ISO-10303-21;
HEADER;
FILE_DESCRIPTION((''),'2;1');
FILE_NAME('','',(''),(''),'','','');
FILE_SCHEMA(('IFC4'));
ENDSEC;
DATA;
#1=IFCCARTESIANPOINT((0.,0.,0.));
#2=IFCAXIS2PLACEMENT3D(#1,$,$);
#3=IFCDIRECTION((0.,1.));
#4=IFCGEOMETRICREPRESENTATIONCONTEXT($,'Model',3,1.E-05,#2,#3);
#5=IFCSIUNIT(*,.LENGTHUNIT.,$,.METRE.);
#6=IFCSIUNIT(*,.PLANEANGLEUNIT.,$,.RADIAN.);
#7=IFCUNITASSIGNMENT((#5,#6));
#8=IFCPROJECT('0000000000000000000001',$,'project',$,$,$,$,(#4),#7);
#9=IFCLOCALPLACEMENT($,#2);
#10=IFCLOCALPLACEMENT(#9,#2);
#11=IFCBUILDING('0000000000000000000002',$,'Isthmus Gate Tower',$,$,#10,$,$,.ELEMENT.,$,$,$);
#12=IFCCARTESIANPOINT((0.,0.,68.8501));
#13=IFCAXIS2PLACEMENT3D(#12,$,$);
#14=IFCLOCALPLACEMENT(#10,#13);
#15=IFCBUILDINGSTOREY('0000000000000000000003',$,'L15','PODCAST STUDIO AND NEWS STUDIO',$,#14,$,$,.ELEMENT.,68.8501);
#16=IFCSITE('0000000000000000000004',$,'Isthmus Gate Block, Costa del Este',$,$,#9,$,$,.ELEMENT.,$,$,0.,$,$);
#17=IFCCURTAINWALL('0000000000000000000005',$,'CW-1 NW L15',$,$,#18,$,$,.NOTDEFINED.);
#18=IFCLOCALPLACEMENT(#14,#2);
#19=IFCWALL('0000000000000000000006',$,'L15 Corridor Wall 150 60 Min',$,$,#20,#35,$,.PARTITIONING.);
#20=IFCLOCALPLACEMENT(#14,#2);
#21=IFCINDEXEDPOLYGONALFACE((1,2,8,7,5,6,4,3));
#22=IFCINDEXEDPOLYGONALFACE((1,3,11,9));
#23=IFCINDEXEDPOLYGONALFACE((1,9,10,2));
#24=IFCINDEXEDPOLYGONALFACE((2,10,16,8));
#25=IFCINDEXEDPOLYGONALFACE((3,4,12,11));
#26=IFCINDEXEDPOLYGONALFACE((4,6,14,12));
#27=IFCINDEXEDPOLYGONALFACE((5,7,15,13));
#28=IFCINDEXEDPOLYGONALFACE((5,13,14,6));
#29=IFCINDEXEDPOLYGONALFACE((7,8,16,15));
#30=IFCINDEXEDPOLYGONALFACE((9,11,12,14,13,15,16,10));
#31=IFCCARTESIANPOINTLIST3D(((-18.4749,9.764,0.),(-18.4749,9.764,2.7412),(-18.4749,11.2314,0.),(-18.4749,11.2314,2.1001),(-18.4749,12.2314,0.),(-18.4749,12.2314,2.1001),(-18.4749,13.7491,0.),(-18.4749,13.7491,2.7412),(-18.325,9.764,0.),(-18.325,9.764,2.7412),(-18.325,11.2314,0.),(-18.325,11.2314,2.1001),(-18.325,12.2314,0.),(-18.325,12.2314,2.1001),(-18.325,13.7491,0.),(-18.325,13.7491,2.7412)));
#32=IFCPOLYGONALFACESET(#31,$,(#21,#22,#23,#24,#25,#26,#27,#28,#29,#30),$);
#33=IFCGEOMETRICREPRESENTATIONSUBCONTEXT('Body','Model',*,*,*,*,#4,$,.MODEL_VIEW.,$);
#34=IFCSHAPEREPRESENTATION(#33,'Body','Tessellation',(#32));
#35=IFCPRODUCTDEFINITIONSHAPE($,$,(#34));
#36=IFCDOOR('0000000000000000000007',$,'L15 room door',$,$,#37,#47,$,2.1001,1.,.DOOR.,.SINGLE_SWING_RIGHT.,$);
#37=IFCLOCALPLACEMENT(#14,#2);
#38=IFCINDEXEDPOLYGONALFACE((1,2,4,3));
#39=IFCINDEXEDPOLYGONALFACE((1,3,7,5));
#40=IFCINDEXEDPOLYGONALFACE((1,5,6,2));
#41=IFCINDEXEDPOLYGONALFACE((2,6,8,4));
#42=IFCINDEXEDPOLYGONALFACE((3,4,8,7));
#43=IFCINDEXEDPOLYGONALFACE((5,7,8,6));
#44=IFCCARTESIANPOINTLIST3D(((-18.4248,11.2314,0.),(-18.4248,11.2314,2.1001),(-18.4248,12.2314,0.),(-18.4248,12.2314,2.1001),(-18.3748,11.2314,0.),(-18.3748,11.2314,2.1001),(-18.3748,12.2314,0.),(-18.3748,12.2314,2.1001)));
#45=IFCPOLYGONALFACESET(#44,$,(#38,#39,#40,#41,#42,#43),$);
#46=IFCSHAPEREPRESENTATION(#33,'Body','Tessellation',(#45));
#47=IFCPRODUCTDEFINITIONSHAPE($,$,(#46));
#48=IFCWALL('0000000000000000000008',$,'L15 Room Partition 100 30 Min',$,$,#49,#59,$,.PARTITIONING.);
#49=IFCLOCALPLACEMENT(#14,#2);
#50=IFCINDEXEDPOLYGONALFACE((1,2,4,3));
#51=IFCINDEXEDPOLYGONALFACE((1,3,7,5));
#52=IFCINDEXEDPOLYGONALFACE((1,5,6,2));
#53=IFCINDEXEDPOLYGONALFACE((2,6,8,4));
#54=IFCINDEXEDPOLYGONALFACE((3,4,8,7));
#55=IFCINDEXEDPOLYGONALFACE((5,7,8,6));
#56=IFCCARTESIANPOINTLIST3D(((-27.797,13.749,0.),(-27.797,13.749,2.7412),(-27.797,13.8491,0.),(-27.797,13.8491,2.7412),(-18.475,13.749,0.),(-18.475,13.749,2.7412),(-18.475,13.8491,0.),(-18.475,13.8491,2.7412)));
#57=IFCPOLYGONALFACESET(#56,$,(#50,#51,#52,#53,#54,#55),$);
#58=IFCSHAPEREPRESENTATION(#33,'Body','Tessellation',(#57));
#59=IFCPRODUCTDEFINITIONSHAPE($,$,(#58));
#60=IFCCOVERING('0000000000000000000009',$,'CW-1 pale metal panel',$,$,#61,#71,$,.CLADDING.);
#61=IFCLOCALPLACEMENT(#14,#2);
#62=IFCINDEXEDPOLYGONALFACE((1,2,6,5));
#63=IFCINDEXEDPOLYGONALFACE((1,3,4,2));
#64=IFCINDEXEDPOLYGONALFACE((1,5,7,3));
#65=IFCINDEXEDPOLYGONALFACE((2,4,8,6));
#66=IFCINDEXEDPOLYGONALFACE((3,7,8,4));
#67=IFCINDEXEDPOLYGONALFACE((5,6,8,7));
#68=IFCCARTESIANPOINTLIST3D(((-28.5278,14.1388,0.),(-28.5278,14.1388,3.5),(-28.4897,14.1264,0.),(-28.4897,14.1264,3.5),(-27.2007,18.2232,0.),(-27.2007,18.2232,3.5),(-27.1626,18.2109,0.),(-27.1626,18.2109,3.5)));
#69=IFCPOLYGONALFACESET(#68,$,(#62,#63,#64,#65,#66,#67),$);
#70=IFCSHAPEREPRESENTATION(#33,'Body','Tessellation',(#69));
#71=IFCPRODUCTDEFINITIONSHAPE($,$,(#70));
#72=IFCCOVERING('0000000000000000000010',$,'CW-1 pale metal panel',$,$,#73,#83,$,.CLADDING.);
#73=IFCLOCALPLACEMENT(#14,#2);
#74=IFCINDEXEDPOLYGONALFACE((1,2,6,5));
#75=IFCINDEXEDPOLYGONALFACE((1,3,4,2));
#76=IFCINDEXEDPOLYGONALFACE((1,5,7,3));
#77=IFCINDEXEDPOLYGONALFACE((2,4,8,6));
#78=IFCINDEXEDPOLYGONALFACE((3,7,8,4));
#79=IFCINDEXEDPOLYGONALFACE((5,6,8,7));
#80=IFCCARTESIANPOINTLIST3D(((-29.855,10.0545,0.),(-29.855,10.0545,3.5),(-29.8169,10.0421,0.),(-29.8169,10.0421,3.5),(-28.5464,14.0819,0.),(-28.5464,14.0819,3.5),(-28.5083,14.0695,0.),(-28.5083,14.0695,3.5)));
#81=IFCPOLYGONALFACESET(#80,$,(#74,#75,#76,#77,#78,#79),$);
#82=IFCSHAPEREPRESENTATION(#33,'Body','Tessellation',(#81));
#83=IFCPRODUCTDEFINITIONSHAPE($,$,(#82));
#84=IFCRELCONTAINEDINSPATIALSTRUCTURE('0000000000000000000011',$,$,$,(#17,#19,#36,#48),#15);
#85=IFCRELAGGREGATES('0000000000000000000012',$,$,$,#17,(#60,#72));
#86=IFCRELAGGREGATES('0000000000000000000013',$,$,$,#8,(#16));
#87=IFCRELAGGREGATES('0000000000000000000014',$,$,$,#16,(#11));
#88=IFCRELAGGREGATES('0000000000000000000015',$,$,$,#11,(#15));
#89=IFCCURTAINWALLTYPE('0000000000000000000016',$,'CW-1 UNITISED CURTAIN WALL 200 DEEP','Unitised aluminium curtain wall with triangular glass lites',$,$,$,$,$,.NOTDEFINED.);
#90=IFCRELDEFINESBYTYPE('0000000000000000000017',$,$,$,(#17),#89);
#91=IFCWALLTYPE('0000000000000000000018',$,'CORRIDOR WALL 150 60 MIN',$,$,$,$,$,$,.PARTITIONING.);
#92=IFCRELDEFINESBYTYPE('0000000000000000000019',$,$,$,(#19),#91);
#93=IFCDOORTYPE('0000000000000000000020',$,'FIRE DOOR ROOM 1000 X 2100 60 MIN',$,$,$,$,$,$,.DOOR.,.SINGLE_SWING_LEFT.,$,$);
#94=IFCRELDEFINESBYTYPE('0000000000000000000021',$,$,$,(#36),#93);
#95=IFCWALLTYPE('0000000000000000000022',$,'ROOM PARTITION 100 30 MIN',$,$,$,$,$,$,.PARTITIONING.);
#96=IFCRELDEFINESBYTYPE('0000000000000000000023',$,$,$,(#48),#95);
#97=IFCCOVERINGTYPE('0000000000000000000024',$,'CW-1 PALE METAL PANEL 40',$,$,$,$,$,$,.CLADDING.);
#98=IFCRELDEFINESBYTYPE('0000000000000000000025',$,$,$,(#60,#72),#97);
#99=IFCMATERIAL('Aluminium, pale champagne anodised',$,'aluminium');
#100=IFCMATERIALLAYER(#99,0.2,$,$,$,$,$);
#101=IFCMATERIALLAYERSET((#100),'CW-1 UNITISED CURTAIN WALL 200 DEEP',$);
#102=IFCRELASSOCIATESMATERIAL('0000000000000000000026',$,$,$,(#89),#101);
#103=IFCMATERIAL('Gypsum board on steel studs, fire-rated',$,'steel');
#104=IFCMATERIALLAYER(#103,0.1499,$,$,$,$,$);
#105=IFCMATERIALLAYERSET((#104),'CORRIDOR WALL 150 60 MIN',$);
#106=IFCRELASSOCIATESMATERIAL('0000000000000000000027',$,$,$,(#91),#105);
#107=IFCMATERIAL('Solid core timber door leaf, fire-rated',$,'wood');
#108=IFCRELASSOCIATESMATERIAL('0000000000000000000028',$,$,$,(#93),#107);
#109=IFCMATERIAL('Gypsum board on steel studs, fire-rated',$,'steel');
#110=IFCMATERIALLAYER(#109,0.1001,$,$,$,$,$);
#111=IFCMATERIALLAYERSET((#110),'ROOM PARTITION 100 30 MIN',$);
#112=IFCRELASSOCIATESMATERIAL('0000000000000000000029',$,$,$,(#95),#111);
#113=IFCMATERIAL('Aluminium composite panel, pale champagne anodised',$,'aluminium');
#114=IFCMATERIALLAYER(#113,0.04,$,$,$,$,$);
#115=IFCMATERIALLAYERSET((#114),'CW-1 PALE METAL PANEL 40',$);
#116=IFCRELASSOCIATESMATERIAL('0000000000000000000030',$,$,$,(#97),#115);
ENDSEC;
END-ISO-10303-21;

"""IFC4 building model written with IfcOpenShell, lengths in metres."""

from ifc_helpers import new_model, si_unit, direction, frame, frame_2d, origin, origin_2d, place, context, subcontext, project, spatial, rectangle, extrude, material, layer, layer_set, type_object, element, fill, aggregate, save


model = new_model("IFC4")

# Units and contexts
model_context = context("Model", 3, precision=1e-05, world=origin(), true_north=direction((0.0, 1.0)))
body_context = subcontext(model_context, "Body", "Model", "MODEL_VIEW")
ifc_project = project(units=[si_unit("LENGTHUNIT", "METRE"), si_unit("PLANEANGLEUNIT", "RADIAN")], contexts=[model_context])

# Site, building, storey
site_placement = place(None, origin())
site = spatial("IfcSite", under=ifc_project, at=site_placement, Name="Isthmus Gate Block, Costa del Este", CompositionType="ELEMENT", RefElevation=0.0)
building_placement = place(site_placement, origin())
building = spatial("IfcBuilding", under=site, at=building_placement, Name="Isthmus Gate Tower", CompositionType="ELEMENT")
storey_placement = place(building_placement, frame((0.0, 0.0, 68.8501)))
storey = spatial("IfcBuildingStorey", under=building, at=storey_placement, Name="L15", Description="PODCAST STUDIO AND NEWS STUDIO", CompositionType="ELEMENT", Elevation=68.8501)

# Curtain wall
ifc_material_1 = material(Name="Aluminium, pale champagne anodised", Category="aluminium")
ifc_layer_1 = layer(ifc_material_1, 0.2)
ifc_layer_set_1 = layer_set([ifc_layer_1], Name="CW-1 UNITISED CURTAIN WALL 200 DEEP")
curtain_wall_type = type_object("IfcCurtainWallType", Name="CW-1 UNITISED CURTAIN WALL 200 DEEP", Description="Unitised aluminium curtain wall with triangular glass lites", PredefinedType="NOTDEFINED", material=ifc_layer_set_1)
curtain_wall_placement = place(storey_placement, origin())
curtain_wall = element("IfcCurtainWall", 1, at=curtain_wall_placement, inside=storey, type_object=curtain_wall_type, Name="CW-1 NW L15", PredefinedType="NOTDEFINED")

# Shared definitions
ifc_material_2 = material(Name="Gypsum board on steel studs, fire-rated", Category="steel")
ifc_layer_2 = layer(ifc_material_2, 0.1499)
ifc_layer_set_2 = layer_set([ifc_layer_2], Name="CORRIDOR WALL 150 60 MIN")
wall_type_1 = type_object("IfcWallType", Name="CORRIDOR WALL 150 60 MIN", PredefinedType="PARTITIONING", material=ifc_layer_set_2)

# Wall, opening, door
wall_1_placement = place(storey_placement, frame((-18.3999, 9.7639, 0.0), z_axis=(0.0, 0.0, 1.0), x_axis=(0.0, 1.0, 0.0)))
wall_1 = element("IfcWall", 2, at=wall_1_placement, inside=storey, type_object=wall_type_1, Name="L15 Corridor Wall 150 60 Min", PredefinedType="PARTITIONING", context=body_context, shape_type="SweptSolid", body=[
    extrude(rectangle(XDim=3.9851, YDim=0.1499, at=frame_2d((1.9927, 0.0))), origin(), (0.0, 0.0, 1.0), 2.7412),
])
opening_1_placement = place(wall_1_placement, frame((1.4675, 0.0, 0.0)))
opening_1 = element("IfcOpeningElement", 3, at=opening_1_placement, cuts=wall_1, PredefinedType="OPENING", context=body_context, shape_type="SweptSolid", body=[
    extrude(rectangle(XDim=1.0, YDim=2.1001, at=frame_2d((0.5, 1.05))), frame((0.0, 0.085, 0.0), z_axis=(0.0, -1.0, 0.0), x_axis=(1.0, 0.0, 0.0)), (0.0, 0.0, 1.0), 0.1699),
])
ifc_material_3 = material(Name="Solid core timber door leaf, fire-rated", Category="wood")
door_type_1 = type_object("IfcDoorType", Name="FIRE DOOR ROOM 1000 X 2100 60 MIN", OperationType="SINGLE_SWING_LEFT", PredefinedType="DOOR", material=ifc_material_3)
door_1_placement = place(opening_1_placement, origin())
door_1 = element("IfcDoor", 4, at=door_1_placement, inside=storey, type_object=door_type_1, Name="L15 room door", OperationType="SINGLE_SWING_RIGHT", OverallHeight=2.1001, OverallWidth=1.0, PredefinedType="DOOR", context=body_context, shape_type="SweptSolid", body=[
    extrude(rectangle(XDim=1.0, YDim=2.1001, at=frame_2d((0.5, 1.05))), frame((0.0, 0.0249, 0.0), z_axis=(0.0, -1.0, 0.0), x_axis=(1.0, 0.0, 0.0)), (0.0, 0.0, 1.0), 0.05),
])
fill(opening_1, door_1)

# Wall
ifc_material_4 = material(Name="Gypsum board on steel studs, fire-rated", Category="steel")
ifc_layer_3 = layer(ifc_material_4, 0.1001)
ifc_layer_set_3 = layer_set([ifc_layer_3], Name="ROOM PARTITION 100 30 MIN")
wall_type_2 = type_object("IfcWallType", Name="ROOM PARTITION 100 30 MIN", PredefinedType="PARTITIONING", material=ifc_layer_set_3)
wall_2_placement = place(storey_placement, frame((-27.7971, 13.7991, 0.0), z_axis=(0.0, 0.0, 1.0), x_axis=(1.0, 0.0, 0.0)))
element("IfcWall", 5, at=wall_2_placement, inside=storey, type_object=wall_type_2, Name="L15 Room Partition 100 30 Min", PredefinedType="PARTITIONING", context=body_context, shape_type="SweptSolid", body=[
    extrude(rectangle(XDim=9.322, YDim=0.1001, at=frame_2d((4.6611, 0.0))), origin(), (0.0, 0.0, 1.0), 2.7412),
])

# Coverings
ifc_material_5 = material(Name="Aluminium composite panel, pale champagne anodised", Category="aluminium")
ifc_layer_4 = layer(ifc_material_5, 0.04)
ifc_layer_set_4 = layer_set([ifc_layer_4], Name="CW-1 PALE METAL PANEL 40")
covering_type = type_object("IfcCoveringType", Name="CW-1 PALE METAL PANEL 40", PredefinedType="CLADDING", material=ifc_layer_set_4)
covering_1_placement = place(storey_placement, frame((-27.8452, 16.1748, 0.0), z_axis=(0.0, 0.0, 1.0), x_axis=(-0.309017, -0.951057, 0.0)))
covering_1 = element("IfcCovering", 6, at=covering_1_placement, type_object=covering_type, Name="CW-1 pale metal panel", PredefinedType="CLADDING", context=body_context, shape_type="SweptSolid", body=[
    extrude(rectangle(XDim=4.2947, YDim=0.04, at=origin_2d()), origin(), (0.0, 0.0, 1.0), 3.5),
])
covering_2_placement = place(storey_placement, frame((-29.1816, 12.062, 0.0), z_axis=(0.0, 0.0, 1.0), x_axis=(-0.309017, -0.951057, 0.0)))
covering_2 = element("IfcCovering", 7, at=covering_2_placement, type_object=covering_type, Name="CW-1 pale metal panel", PredefinedType="CLADDING", context=body_context, shape_type="SweptSolid", body=[
    extrude(rectangle(XDim=4.2346, YDim=0.04, at=origin_2d()), origin(), (0.0, 0.0, 1.0), 3.5),
])
aggregate(curtain_wall, [covering_1, covering_2])

save(model, "model.ifc")
